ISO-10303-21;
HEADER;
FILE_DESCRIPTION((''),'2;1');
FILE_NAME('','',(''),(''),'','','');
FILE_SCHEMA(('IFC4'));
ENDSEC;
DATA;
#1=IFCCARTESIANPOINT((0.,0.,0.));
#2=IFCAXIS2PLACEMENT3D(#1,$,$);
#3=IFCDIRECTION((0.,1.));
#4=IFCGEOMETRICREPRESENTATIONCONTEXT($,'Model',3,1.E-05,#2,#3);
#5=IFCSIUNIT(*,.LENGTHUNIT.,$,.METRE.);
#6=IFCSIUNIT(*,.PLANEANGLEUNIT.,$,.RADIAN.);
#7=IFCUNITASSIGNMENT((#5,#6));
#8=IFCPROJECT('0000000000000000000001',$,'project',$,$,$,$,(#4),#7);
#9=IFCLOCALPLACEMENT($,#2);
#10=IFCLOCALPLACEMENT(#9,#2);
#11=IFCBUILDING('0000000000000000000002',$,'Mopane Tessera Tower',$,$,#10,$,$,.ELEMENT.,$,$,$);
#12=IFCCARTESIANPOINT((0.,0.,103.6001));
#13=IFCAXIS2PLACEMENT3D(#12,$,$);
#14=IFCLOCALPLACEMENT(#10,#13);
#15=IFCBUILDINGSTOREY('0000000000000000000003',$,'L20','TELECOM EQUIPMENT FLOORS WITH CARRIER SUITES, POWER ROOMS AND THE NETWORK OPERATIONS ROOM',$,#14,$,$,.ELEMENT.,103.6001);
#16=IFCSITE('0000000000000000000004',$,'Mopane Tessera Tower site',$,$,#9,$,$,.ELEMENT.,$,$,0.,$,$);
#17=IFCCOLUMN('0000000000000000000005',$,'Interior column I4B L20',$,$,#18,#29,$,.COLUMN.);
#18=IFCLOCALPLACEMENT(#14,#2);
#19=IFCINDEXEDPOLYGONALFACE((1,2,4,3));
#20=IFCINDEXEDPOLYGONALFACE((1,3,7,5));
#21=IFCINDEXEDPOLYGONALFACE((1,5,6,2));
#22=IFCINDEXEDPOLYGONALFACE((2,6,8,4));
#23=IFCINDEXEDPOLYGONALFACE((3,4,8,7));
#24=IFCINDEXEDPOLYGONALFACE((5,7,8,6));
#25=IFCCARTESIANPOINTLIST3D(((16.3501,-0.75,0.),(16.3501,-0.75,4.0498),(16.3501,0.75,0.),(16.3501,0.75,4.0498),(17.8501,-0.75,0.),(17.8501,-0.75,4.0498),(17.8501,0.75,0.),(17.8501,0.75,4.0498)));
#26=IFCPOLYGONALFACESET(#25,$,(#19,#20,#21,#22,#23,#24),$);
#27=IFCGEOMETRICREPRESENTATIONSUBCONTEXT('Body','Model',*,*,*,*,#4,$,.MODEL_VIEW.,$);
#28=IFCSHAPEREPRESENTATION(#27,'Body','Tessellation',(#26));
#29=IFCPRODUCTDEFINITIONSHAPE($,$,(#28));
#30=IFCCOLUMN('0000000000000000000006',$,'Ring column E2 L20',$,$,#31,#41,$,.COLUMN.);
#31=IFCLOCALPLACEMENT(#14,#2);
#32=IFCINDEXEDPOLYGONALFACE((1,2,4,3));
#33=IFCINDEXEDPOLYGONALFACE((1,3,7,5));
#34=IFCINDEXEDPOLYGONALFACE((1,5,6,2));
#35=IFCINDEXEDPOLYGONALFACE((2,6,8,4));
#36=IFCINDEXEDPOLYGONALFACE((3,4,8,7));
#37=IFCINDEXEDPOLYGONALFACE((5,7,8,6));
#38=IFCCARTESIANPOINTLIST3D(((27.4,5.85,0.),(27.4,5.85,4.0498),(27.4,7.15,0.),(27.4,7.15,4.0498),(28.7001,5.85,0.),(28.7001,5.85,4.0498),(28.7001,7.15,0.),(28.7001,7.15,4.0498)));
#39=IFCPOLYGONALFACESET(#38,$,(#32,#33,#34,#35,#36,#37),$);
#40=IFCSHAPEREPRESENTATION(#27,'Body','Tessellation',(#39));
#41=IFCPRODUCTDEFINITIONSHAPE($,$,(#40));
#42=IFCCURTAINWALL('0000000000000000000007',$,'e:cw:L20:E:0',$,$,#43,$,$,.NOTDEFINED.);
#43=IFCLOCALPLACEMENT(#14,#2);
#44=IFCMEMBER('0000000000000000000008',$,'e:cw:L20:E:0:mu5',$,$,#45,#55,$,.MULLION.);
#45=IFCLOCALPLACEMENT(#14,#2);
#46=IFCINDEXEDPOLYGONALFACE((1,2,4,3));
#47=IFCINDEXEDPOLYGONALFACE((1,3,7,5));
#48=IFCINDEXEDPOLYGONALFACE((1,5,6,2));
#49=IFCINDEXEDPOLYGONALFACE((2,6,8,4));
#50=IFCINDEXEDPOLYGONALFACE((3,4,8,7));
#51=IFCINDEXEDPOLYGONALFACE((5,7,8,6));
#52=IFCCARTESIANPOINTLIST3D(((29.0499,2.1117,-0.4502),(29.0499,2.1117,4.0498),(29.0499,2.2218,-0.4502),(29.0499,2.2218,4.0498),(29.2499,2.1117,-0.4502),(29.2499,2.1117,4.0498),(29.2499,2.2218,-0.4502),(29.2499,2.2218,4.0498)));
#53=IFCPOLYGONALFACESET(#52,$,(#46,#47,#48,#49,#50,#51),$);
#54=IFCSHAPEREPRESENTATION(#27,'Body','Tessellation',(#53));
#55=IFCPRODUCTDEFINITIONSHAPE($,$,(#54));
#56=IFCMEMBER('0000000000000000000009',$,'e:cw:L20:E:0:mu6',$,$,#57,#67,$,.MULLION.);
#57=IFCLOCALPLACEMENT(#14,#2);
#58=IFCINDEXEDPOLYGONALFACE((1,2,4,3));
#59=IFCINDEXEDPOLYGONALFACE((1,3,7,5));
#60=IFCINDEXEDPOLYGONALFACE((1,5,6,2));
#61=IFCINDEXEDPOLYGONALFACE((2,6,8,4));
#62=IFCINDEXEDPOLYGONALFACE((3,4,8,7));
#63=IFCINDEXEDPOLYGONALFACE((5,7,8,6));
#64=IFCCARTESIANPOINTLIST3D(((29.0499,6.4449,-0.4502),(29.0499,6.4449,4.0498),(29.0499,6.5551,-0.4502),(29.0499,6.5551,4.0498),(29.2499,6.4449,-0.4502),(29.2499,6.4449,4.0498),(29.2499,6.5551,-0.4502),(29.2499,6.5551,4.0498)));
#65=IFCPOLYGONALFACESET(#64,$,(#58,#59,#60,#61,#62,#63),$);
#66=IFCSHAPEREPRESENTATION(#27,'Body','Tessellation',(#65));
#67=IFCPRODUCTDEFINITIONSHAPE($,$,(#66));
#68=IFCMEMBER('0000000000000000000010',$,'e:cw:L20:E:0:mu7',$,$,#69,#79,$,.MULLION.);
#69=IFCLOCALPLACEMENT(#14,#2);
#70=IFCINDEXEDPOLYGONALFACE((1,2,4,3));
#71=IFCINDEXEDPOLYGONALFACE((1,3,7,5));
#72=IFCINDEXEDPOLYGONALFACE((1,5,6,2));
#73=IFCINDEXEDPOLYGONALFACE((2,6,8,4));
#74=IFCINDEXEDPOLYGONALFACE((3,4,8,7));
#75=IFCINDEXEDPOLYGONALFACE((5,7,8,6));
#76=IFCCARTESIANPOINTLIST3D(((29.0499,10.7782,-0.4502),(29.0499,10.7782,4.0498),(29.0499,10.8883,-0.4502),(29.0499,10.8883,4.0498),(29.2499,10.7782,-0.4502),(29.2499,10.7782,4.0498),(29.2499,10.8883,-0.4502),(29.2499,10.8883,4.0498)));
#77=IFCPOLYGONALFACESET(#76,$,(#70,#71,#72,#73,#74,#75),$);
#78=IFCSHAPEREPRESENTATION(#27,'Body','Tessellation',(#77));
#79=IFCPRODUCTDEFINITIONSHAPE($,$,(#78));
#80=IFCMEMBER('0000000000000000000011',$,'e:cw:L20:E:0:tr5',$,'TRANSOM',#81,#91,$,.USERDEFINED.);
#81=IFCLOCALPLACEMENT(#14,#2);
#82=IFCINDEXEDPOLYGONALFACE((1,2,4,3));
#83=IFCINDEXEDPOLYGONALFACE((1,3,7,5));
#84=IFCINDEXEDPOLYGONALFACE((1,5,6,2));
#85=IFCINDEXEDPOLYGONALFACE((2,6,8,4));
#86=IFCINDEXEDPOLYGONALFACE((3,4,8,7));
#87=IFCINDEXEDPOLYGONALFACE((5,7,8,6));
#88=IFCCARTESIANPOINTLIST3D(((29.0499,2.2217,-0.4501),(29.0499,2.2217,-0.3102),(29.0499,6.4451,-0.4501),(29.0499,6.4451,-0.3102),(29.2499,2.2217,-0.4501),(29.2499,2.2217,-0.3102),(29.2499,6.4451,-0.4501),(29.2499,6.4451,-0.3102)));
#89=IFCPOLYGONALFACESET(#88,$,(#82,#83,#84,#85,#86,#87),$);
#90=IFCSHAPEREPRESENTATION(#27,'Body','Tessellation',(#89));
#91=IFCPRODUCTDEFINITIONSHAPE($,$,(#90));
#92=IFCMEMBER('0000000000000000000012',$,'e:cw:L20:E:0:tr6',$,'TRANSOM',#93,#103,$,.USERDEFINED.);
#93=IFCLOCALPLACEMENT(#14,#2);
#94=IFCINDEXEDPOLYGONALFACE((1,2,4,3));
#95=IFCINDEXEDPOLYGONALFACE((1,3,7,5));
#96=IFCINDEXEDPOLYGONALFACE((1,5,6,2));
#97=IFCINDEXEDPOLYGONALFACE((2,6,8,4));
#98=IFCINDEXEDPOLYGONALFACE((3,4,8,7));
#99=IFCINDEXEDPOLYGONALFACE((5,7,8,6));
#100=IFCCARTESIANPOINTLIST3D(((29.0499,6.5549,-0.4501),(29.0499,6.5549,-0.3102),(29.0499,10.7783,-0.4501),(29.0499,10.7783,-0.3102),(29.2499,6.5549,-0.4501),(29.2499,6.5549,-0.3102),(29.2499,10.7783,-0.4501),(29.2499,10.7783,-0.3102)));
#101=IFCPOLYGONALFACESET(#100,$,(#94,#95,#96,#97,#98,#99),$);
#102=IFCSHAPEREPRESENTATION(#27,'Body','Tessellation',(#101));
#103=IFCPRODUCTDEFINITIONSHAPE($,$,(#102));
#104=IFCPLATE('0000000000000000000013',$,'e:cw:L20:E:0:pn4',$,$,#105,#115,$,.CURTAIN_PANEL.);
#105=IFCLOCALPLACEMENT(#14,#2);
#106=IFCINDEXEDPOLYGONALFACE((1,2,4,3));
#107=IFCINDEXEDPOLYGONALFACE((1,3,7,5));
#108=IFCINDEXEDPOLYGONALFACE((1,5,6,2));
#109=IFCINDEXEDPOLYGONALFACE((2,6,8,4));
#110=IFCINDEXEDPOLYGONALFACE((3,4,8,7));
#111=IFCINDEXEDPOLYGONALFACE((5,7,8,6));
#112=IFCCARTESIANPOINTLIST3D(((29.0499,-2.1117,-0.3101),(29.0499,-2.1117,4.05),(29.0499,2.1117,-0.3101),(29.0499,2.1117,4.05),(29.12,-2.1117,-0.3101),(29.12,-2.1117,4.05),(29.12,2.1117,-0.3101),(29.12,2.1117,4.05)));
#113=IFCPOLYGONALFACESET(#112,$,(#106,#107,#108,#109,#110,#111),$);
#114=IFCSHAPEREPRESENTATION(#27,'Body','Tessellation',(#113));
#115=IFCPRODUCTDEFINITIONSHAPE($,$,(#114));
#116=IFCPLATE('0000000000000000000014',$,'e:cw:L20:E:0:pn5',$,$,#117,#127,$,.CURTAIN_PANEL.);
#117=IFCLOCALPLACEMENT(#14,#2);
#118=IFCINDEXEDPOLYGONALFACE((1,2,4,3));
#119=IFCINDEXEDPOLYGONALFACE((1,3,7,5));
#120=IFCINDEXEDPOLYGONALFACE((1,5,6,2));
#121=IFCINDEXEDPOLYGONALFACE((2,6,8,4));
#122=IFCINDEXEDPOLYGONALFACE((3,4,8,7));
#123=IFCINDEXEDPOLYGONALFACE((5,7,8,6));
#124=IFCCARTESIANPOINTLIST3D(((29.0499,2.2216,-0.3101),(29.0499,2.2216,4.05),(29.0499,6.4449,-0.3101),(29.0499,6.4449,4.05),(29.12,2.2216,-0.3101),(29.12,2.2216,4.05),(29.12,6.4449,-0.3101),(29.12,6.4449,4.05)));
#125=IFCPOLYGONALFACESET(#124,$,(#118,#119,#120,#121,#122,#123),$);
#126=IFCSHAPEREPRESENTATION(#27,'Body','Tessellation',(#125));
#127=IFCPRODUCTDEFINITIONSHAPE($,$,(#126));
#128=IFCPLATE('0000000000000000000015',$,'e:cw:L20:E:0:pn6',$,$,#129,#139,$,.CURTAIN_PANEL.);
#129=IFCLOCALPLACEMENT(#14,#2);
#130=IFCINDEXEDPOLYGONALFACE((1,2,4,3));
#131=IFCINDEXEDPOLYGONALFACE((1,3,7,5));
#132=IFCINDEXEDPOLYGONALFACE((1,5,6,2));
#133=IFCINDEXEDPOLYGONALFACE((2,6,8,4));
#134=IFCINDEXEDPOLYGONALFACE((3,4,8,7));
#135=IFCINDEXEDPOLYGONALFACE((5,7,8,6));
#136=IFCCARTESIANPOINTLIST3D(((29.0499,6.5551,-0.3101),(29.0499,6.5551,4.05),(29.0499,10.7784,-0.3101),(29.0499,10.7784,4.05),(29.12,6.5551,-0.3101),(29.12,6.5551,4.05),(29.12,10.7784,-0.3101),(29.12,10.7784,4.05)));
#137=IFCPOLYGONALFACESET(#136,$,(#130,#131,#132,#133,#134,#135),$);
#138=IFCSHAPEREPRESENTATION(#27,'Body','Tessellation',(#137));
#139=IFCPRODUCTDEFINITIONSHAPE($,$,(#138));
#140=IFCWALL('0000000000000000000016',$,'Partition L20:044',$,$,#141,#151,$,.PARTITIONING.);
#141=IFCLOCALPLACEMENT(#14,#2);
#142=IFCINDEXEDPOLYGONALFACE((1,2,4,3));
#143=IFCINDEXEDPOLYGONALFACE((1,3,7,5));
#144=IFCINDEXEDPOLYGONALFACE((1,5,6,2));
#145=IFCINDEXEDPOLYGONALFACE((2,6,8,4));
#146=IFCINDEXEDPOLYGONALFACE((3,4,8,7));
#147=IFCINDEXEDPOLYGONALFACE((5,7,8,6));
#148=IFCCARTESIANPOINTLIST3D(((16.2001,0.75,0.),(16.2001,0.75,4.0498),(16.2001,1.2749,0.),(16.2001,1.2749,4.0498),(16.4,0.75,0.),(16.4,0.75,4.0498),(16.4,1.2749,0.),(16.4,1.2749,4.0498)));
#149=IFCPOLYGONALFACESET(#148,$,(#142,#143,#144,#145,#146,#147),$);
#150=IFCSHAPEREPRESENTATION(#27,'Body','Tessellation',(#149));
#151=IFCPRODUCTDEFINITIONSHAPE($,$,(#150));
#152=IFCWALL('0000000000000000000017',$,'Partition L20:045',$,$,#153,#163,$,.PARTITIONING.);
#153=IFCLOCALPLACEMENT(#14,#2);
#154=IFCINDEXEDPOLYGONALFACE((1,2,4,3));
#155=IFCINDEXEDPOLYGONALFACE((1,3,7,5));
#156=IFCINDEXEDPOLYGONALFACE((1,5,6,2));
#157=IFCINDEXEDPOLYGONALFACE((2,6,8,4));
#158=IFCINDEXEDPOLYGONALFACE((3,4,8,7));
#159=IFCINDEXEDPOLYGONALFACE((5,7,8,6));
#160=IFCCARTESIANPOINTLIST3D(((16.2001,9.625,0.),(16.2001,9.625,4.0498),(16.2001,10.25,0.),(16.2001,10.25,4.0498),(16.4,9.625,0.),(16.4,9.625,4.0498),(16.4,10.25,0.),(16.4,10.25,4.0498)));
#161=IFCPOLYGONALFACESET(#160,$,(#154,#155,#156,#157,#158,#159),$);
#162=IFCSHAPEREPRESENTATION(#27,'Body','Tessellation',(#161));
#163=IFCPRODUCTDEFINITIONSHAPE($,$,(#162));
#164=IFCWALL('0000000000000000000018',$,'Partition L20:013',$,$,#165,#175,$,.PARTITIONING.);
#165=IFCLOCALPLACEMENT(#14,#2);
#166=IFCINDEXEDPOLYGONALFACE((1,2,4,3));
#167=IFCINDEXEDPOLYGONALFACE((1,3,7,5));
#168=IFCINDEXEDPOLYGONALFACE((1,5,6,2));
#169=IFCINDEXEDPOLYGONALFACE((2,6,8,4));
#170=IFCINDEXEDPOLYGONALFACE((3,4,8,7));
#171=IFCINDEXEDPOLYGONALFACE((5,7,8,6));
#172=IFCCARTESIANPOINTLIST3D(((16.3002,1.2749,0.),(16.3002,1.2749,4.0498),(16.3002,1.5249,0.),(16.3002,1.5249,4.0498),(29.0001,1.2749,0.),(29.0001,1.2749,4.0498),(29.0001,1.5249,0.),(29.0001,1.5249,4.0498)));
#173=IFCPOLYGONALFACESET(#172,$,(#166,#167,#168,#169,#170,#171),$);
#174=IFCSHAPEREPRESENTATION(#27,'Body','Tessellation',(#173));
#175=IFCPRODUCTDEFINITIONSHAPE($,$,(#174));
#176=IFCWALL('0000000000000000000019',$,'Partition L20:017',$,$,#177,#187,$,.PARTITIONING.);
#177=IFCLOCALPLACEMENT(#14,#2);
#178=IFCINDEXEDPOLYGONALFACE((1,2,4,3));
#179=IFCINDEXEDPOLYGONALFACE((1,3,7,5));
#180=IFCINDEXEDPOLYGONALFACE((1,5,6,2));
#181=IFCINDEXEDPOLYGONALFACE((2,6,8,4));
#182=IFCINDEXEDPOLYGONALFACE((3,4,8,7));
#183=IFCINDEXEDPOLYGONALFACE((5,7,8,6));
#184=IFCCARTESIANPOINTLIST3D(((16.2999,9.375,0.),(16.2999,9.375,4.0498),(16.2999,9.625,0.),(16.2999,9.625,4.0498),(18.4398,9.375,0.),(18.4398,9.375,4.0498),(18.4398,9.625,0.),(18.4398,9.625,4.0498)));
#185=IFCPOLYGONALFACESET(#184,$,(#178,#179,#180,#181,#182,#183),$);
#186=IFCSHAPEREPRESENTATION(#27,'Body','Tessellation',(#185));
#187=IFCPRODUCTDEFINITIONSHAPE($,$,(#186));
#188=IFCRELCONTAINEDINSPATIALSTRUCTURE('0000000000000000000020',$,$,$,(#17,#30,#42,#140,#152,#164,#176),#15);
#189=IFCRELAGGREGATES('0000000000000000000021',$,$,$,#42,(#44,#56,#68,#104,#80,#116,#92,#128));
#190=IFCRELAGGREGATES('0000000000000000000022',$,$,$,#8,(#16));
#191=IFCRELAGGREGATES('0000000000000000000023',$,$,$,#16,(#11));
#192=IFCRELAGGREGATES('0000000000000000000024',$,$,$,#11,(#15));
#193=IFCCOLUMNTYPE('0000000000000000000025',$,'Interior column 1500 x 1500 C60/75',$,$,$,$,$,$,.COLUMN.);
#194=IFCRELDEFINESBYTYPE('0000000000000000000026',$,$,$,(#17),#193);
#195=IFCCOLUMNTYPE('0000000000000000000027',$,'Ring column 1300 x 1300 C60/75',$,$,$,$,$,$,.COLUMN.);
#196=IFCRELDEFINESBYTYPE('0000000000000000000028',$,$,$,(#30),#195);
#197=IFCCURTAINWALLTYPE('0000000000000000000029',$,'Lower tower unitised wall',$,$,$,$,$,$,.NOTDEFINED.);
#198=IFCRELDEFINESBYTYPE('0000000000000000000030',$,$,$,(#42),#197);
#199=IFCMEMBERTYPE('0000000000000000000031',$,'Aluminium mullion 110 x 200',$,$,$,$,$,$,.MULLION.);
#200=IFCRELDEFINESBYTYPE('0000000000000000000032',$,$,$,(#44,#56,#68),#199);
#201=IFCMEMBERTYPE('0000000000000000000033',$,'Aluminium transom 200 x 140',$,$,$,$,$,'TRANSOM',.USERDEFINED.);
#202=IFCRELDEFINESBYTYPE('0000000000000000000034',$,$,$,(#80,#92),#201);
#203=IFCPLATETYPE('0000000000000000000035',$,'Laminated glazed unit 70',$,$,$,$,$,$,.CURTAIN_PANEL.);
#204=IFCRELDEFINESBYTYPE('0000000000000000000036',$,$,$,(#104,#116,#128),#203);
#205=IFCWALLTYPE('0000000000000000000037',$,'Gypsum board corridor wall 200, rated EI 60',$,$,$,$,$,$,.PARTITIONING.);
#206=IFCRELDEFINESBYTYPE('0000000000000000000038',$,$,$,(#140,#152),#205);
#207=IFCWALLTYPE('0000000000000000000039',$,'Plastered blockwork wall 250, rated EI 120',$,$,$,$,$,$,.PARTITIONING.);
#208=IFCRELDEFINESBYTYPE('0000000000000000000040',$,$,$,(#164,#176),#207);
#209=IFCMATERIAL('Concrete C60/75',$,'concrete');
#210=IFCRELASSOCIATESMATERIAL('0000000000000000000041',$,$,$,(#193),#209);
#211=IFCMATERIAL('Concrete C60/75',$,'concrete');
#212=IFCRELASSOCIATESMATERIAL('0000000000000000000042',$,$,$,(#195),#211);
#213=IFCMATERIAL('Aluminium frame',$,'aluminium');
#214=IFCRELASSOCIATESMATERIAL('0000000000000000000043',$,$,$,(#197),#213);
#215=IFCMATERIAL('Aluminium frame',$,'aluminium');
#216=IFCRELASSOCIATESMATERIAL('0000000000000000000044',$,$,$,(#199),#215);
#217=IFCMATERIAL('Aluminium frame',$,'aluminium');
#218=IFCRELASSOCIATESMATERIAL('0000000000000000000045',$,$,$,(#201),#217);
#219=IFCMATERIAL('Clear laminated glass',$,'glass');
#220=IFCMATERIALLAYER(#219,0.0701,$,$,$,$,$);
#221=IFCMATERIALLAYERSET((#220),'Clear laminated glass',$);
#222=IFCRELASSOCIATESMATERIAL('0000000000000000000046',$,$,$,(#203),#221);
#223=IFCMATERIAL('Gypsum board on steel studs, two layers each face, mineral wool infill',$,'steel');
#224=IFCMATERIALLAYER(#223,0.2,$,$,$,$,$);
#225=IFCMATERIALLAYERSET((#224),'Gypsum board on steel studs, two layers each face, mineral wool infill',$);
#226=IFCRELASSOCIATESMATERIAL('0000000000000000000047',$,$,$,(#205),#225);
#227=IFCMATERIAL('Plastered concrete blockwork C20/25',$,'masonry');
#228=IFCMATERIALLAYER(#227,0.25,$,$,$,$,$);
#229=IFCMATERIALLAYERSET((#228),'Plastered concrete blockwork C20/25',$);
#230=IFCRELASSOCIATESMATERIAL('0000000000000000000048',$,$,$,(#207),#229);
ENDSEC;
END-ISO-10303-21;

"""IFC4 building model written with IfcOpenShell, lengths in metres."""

from ifc_helpers import new_model, si_unit, direction, frame, frame_2d, origin, origin_2d, place, context, subcontext, project, spatial, rectangle, extrude, material, layer, layer_set, material_profile, profile_set, type_object, element, aggregate, save


model = new_model("IFC4")

# Units and contexts
model_context = context("Model", 3, precision=1e-05, world=origin(), true_north=direction((0.0, 1.0)))
body_context = subcontext(model_context, "Body", "Model", "MODEL_VIEW")
ifc_project = project(units=[si_unit("LENGTHUNIT", "METRE"), si_unit("PLANEANGLEUNIT", "RADIAN")], contexts=[model_context])

# Site, building, storey
site_placement = place(None, origin())
site = spatial("IfcSite", under=ifc_project, at=site_placement, Name="Mopane Tessera Tower site", CompositionType="ELEMENT", RefElevation=0.0)
building_placement = place(site_placement, origin())
building = spatial("IfcBuilding", under=site, at=building_placement, Name="Mopane Tessera Tower", CompositionType="ELEMENT")
storey_placement = place(building_placement, frame((0.0, 0.0, 103.6001)))
storey = spatial("IfcBuildingStorey", under=building, at=storey_placement, Name="L20", Description="TELECOM EQUIPMENT FLOORS WITH CARRIER SUITES, POWER ROOMS AND THE NETWORK OPERATIONS ROOM", CompositionType="ELEMENT", Elevation=103.6001)

# Columns
ifc_material_1 = material(Name="Concrete C60/75", Category="concrete")
ifc_material_profile_1 = material_profile(ifc_material_1, rectangle(XDim=1.5, YDim=1.5, at=origin_2d()))
ifc_profile_set_1 = profile_set([ifc_material_profile_1], Name="Concrete C60/75")
column_type_1 = type_object("IfcColumnType", Name="Interior column 1500 x 1500 C60/75", PredefinedType="COLUMN", material=ifc_profile_set_1)
column_1_placement = place(storey_placement, frame((17.1001, 0.0, 0.0), z_axis=(0.0, 0.0, 1.0), x_axis=(1.0, 0.0, 0.0)))
element("IfcColumn", 1, at=column_1_placement, inside=storey, type_object=column_type_1, Name="Interior column I4B L20", PredefinedType="COLUMN", context=body_context, shape_type="SweptSolid", body=[
    extrude(rectangle(XDim=1.5, YDim=1.5, at=origin_2d()), origin(), (0.0, 0.0, 1.0), 4.0498),
])
ifc_material_2 = material(Name="Concrete C60/75", Category="concrete")
ifc_material_profile_2 = material_profile(ifc_material_2, rectangle(XDim=1.3, YDim=1.3, at=origin_2d()))
ifc_profile_set_2 = profile_set([ifc_material_profile_2], Name="Concrete C60/75")
column_type_2 = type_object("IfcColumnType", Name="Ring column 1300 x 1300 C60/75", PredefinedType="COLUMN", material=ifc_profile_set_2)
column_2_placement = place(storey_placement, frame((28.05, 6.5, 0.0), z_axis=(0.0, 0.0, 1.0), x_axis=(1.0, 0.0, 0.0)))
element("IfcColumn", 2, at=column_2_placement, inside=storey, type_object=column_type_2, Name="Ring column E2 L20", PredefinedType="COLUMN", context=body_context, shape_type="SweptSolid", body=[
    extrude(rectangle(XDim=1.3, YDim=1.3, at=origin_2d()), origin(), (0.0, 0.0, 1.0), 4.0498),
])

# Curtain wall, members, plates
ifc_material_3 = material(Name="Aluminium frame", Category="aluminium")
curtain_wall_type = type_object("IfcCurtainWallType", Name="Lower tower unitised wall", PredefinedType="NOTDEFINED", material=ifc_material_3)
curtain_wall_placement = place(storey_placement, origin())
curtain_wall = element("IfcCurtainWall", 3, at=curtain_wall_placement, inside=storey, type_object=curtain_wall_type, Name="e:cw:L20:E:0", PredefinedType="NOTDEFINED")
ifc_material_4 = material(Name="Aluminium frame", Category="aluminium")
ifc_material_profile_3 = material_profile(ifc_material_4, rectangle(XDim=0.1101, YDim=0.2, at=origin_2d()))
ifc_profile_set_3 = profile_set([ifc_material_profile_3], Name="Aluminium frame")
member_type_1 = type_object("IfcMemberType", Name="Aluminium mullion 110 x 200", PredefinedType="MULLION", material=ifc_profile_set_3)
member_1_placement = place(storey_placement, frame((29.1499, 2.1667, -0.4502), z_axis=(0.0, 0.0, 1.0), x_axis=(0.0, 1.0, 0.0)))
member_1 = element("IfcMember", 4, at=member_1_placement, type_object=member_type_1, Name="e:cw:L20:E:0:mu5", PredefinedType="MULLION", context=body_context, shape_type="SweptSolid", body=[
    extrude(rectangle(XDim=0.1101, YDim=0.2, at=origin_2d()), origin(), (0.0, 0.0, 1.0), 4.5),
])
member_2_placement = place(storey_placement, frame((29.1499, 6.5, -0.4502), z_axis=(0.0, 0.0, 1.0), x_axis=(0.0, 1.0, 0.0)))
member_2 = element("IfcMember", 5, at=member_2_placement, type_object=member_type_1, Name="e:cw:L20:E:0:mu6", PredefinedType="MULLION", context=body_context, shape_type="SweptSolid", body=[
    extrude(rectangle(XDim=0.1101, YDim=0.2, at=origin_2d()), origin(), (0.0, 0.0, 1.0), 4.5),
])
member_3_placement = place(storey_placement, frame((29.1499, 10.8333, -0.4502), z_axis=(0.0, 0.0, 1.0), x_axis=(0.0, 1.0, 0.0)))
member_3 = element("IfcMember", 6, at=member_3_placement, type_object=member_type_1, Name="e:cw:L20:E:0:mu7", PredefinedType="MULLION", context=body_context, shape_type="SweptSolid", body=[
    extrude(rectangle(XDim=0.1101, YDim=0.2, at=origin_2d()), origin(), (0.0, 0.0, 1.0), 4.5),
])
ifc_material_5 = material(Name="Aluminium frame", Category="aluminium")
ifc_material_profile_4 = material_profile(ifc_material_5, rectangle(XDim=0.2, YDim=0.1399, at=origin_2d()))
ifc_profile_set_4 = profile_set([ifc_material_profile_4], Name="Aluminium frame")
member_type_2 = type_object("IfcMemberType", Name="Aluminium transom 200 x 140", ElementType="TRANSOM", PredefinedType="USERDEFINED", material=ifc_profile_set_4)
member_4_placement = place(storey_placement, frame((29.1499, 2.2217, -0.3801), z_axis=(0.0, 1.0, 0.0), x_axis=(-1.0, 0.0, 0.0)))
member_4 = element("IfcMember", 7, at=member_4_placement, type_object=member_type_2, Name="e:cw:L20:E:0:tr5", ObjectType="TRANSOM", PredefinedType="USERDEFINED", context=body_context, shape_type="SweptSolid", body=[
    extrude(rectangle(XDim=0.2, YDim=0.1399, at=origin_2d()), origin(), (0.0, 0.0, 1.0), 4.2234),
])
member_5_placement = place(storey_placement, frame((29.1499, 6.5549, -0.3801), z_axis=(0.0, 1.0, 0.0), x_axis=(-1.0, 0.0, 0.0)))
member_5 = element("IfcMember", 8, at=member_5_placement, type_object=member_type_2, Name="e:cw:L20:E:0:tr6", ObjectType="TRANSOM", PredefinedType="USERDEFINED", context=body_context, shape_type="SweptSolid", body=[
    extrude(rectangle(XDim=0.2, YDim=0.1399, at=origin_2d()), origin(), (0.0, 0.0, 1.0), 4.2234),
])
ifc_material_6 = material(Name="Clear laminated glass", Category="glass")
ifc_layer_1 = layer(ifc_material_6, 0.0701)
ifc_layer_set_1 = layer_set([ifc_layer_1], Name="Clear laminated glass")
plate_type = type_object("IfcPlateType", Name="Laminated glazed unit 70", PredefinedType="CURTAIN_PANEL", material=ifc_layer_set_1)
plate_1_placement = place(storey_placement, frame((29.085, 0.0, -0.3101), z_axis=(0.0, 0.0, 1.0), x_axis=(0.0, 1.0, 0.0)))
plate_1 = element("IfcPlate", 9, at=plate_1_placement, type_object=plate_type, Name="e:cw:L20:E:0:pn4", PredefinedType="CURTAIN_PANEL", context=body_context, shape_type="SweptSolid", body=[
    extrude(rectangle(XDim=4.2234, YDim=0.0701, at=origin_2d()), origin(), (0.0, 0.0, 1.0), 4.3601),
])
plate_2_placement = place(storey_placement, frame((29.085, 4.3333, -0.3101), z_axis=(0.0, 0.0, 1.0), x_axis=(0.0, 1.0, 0.0)))
plate_2 = element("IfcPlate", 10, at=plate_2_placement, type_object=plate_type, Name="e:cw:L20:E:0:pn5", PredefinedType="CURTAIN_PANEL", context=body_context, shape_type="SweptSolid", body=[
    extrude(rectangle(XDim=4.2234, YDim=0.0701, at=origin_2d()), origin(), (0.0, 0.0, 1.0), 4.3601),
])
plate_3_placement = place(storey_placement, frame((29.085, 8.6667, -0.3101), z_axis=(0.0, 0.0, 1.0), x_axis=(0.0, 1.0, 0.0)))
plate_3 = element("IfcPlate", 11, at=plate_3_placement, type_object=plate_type, Name="e:cw:L20:E:0:pn6", PredefinedType="CURTAIN_PANEL", context=body_context, shape_type="SweptSolid", body=[
    extrude(rectangle(XDim=4.2234, YDim=0.0701, at=origin_2d()), origin(), (0.0, 0.0, 1.0), 4.3601),
])
aggregate(curtain_wall, [member_1, member_2, member_3, plate_1, member_4, plate_2, member_5, plate_3])

# Walls
ifc_material_7 = material(Name="Gypsum board on steel studs, two layers each face, mineral wool infill", Category="steel")
ifc_layer_2 = layer(ifc_material_7, 0.2)
ifc_layer_set_2 = layer_set([ifc_layer_2], Name="Gypsum board on steel studs, two layers each face, mineral wool infill")
wall_type_1 = type_object("IfcWallType", Name="Gypsum board corridor wall 200, rated EI 60", PredefinedType="PARTITIONING", material=ifc_layer_set_2)
wall_1_placement = place(storey_placement, frame((16.3, 0.75, 0.0), z_axis=(0.0, 0.0, 1.0), x_axis=(0.0, 1.0, 0.0)))
element("IfcWall", 12, at=wall_1_placement, inside=storey, type_object=wall_type_1, Name="Partition L20:044", PredefinedType="PARTITIONING", context=body_context, shape_type="SweptSolid", body=[
    extrude(rectangle(XDim=0.5249, YDim=0.2, at=frame_2d((0.2625, 0.0))), origin(), (0.0, 0.0, 1.0), 4.0498),
])
wall_2_placement = place(storey_placement, frame((16.3, 9.625, 0.0), z_axis=(0.0, 0.0, 1.0), x_axis=(0.0, 1.0, 0.0)))
element("IfcWall", 13, at=wall_2_placement, inside=storey, type_object=wall_type_1, Name="Partition L20:045", PredefinedType="PARTITIONING", context=body_context, shape_type="SweptSolid", body=[
    extrude(rectangle(XDim=0.625, YDim=0.2, at=frame_2d((0.3125, 0.0))), origin(), (0.0, 0.0, 1.0), 4.0498),
])
ifc_material_8 = material(Name="Plastered concrete blockwork C20/25", Category="masonry")
ifc_layer_3 = layer(ifc_material_8, 0.25)
ifc_layer_set_3 = layer_set([ifc_layer_3], Name="Plastered concrete blockwork C20/25")
wall_type_2 = type_object("IfcWallType", Name="Plastered blockwork wall 250, rated EI 120", PredefinedType="PARTITIONING", material=ifc_layer_set_3)
wall_3_placement = place(storey_placement, frame((16.3, 1.3999, 0.0), z_axis=(0.0, 0.0, 1.0), x_axis=(1.0, 0.0, 0.0)))
element("IfcWall", 14, at=wall_3_placement, inside=storey, type_object=wall_type_2, Name="Partition L20:013", PredefinedType="PARTITIONING", context=body_context, shape_type="SweptSolid", body=[
    extrude(rectangle(XDim=12.7, YDim=0.25, at=frame_2d((6.3501, 0.0))), origin(), (0.0, 0.0, 1.0), 4.0498),
])
wall_4_placement = place(storey_placement, frame((16.3, 9.5, 0.0), z_axis=(0.0, 0.0, 1.0), x_axis=(1.0, 0.0, 0.0)))
element("IfcWall", 15, at=wall_4_placement, inside=storey, type_object=wall_type_2, Name="Partition L20:017", PredefinedType="PARTITIONING", context=body_context, shape_type="SweptSolid", body=[
    extrude(rectangle(XDim=2.1399, YDim=0.25, at=frame_2d((1.0698, 0.0))), origin(), (0.0, 0.0, 1.0), 4.0498),
])

save(model, "model.ifc")
